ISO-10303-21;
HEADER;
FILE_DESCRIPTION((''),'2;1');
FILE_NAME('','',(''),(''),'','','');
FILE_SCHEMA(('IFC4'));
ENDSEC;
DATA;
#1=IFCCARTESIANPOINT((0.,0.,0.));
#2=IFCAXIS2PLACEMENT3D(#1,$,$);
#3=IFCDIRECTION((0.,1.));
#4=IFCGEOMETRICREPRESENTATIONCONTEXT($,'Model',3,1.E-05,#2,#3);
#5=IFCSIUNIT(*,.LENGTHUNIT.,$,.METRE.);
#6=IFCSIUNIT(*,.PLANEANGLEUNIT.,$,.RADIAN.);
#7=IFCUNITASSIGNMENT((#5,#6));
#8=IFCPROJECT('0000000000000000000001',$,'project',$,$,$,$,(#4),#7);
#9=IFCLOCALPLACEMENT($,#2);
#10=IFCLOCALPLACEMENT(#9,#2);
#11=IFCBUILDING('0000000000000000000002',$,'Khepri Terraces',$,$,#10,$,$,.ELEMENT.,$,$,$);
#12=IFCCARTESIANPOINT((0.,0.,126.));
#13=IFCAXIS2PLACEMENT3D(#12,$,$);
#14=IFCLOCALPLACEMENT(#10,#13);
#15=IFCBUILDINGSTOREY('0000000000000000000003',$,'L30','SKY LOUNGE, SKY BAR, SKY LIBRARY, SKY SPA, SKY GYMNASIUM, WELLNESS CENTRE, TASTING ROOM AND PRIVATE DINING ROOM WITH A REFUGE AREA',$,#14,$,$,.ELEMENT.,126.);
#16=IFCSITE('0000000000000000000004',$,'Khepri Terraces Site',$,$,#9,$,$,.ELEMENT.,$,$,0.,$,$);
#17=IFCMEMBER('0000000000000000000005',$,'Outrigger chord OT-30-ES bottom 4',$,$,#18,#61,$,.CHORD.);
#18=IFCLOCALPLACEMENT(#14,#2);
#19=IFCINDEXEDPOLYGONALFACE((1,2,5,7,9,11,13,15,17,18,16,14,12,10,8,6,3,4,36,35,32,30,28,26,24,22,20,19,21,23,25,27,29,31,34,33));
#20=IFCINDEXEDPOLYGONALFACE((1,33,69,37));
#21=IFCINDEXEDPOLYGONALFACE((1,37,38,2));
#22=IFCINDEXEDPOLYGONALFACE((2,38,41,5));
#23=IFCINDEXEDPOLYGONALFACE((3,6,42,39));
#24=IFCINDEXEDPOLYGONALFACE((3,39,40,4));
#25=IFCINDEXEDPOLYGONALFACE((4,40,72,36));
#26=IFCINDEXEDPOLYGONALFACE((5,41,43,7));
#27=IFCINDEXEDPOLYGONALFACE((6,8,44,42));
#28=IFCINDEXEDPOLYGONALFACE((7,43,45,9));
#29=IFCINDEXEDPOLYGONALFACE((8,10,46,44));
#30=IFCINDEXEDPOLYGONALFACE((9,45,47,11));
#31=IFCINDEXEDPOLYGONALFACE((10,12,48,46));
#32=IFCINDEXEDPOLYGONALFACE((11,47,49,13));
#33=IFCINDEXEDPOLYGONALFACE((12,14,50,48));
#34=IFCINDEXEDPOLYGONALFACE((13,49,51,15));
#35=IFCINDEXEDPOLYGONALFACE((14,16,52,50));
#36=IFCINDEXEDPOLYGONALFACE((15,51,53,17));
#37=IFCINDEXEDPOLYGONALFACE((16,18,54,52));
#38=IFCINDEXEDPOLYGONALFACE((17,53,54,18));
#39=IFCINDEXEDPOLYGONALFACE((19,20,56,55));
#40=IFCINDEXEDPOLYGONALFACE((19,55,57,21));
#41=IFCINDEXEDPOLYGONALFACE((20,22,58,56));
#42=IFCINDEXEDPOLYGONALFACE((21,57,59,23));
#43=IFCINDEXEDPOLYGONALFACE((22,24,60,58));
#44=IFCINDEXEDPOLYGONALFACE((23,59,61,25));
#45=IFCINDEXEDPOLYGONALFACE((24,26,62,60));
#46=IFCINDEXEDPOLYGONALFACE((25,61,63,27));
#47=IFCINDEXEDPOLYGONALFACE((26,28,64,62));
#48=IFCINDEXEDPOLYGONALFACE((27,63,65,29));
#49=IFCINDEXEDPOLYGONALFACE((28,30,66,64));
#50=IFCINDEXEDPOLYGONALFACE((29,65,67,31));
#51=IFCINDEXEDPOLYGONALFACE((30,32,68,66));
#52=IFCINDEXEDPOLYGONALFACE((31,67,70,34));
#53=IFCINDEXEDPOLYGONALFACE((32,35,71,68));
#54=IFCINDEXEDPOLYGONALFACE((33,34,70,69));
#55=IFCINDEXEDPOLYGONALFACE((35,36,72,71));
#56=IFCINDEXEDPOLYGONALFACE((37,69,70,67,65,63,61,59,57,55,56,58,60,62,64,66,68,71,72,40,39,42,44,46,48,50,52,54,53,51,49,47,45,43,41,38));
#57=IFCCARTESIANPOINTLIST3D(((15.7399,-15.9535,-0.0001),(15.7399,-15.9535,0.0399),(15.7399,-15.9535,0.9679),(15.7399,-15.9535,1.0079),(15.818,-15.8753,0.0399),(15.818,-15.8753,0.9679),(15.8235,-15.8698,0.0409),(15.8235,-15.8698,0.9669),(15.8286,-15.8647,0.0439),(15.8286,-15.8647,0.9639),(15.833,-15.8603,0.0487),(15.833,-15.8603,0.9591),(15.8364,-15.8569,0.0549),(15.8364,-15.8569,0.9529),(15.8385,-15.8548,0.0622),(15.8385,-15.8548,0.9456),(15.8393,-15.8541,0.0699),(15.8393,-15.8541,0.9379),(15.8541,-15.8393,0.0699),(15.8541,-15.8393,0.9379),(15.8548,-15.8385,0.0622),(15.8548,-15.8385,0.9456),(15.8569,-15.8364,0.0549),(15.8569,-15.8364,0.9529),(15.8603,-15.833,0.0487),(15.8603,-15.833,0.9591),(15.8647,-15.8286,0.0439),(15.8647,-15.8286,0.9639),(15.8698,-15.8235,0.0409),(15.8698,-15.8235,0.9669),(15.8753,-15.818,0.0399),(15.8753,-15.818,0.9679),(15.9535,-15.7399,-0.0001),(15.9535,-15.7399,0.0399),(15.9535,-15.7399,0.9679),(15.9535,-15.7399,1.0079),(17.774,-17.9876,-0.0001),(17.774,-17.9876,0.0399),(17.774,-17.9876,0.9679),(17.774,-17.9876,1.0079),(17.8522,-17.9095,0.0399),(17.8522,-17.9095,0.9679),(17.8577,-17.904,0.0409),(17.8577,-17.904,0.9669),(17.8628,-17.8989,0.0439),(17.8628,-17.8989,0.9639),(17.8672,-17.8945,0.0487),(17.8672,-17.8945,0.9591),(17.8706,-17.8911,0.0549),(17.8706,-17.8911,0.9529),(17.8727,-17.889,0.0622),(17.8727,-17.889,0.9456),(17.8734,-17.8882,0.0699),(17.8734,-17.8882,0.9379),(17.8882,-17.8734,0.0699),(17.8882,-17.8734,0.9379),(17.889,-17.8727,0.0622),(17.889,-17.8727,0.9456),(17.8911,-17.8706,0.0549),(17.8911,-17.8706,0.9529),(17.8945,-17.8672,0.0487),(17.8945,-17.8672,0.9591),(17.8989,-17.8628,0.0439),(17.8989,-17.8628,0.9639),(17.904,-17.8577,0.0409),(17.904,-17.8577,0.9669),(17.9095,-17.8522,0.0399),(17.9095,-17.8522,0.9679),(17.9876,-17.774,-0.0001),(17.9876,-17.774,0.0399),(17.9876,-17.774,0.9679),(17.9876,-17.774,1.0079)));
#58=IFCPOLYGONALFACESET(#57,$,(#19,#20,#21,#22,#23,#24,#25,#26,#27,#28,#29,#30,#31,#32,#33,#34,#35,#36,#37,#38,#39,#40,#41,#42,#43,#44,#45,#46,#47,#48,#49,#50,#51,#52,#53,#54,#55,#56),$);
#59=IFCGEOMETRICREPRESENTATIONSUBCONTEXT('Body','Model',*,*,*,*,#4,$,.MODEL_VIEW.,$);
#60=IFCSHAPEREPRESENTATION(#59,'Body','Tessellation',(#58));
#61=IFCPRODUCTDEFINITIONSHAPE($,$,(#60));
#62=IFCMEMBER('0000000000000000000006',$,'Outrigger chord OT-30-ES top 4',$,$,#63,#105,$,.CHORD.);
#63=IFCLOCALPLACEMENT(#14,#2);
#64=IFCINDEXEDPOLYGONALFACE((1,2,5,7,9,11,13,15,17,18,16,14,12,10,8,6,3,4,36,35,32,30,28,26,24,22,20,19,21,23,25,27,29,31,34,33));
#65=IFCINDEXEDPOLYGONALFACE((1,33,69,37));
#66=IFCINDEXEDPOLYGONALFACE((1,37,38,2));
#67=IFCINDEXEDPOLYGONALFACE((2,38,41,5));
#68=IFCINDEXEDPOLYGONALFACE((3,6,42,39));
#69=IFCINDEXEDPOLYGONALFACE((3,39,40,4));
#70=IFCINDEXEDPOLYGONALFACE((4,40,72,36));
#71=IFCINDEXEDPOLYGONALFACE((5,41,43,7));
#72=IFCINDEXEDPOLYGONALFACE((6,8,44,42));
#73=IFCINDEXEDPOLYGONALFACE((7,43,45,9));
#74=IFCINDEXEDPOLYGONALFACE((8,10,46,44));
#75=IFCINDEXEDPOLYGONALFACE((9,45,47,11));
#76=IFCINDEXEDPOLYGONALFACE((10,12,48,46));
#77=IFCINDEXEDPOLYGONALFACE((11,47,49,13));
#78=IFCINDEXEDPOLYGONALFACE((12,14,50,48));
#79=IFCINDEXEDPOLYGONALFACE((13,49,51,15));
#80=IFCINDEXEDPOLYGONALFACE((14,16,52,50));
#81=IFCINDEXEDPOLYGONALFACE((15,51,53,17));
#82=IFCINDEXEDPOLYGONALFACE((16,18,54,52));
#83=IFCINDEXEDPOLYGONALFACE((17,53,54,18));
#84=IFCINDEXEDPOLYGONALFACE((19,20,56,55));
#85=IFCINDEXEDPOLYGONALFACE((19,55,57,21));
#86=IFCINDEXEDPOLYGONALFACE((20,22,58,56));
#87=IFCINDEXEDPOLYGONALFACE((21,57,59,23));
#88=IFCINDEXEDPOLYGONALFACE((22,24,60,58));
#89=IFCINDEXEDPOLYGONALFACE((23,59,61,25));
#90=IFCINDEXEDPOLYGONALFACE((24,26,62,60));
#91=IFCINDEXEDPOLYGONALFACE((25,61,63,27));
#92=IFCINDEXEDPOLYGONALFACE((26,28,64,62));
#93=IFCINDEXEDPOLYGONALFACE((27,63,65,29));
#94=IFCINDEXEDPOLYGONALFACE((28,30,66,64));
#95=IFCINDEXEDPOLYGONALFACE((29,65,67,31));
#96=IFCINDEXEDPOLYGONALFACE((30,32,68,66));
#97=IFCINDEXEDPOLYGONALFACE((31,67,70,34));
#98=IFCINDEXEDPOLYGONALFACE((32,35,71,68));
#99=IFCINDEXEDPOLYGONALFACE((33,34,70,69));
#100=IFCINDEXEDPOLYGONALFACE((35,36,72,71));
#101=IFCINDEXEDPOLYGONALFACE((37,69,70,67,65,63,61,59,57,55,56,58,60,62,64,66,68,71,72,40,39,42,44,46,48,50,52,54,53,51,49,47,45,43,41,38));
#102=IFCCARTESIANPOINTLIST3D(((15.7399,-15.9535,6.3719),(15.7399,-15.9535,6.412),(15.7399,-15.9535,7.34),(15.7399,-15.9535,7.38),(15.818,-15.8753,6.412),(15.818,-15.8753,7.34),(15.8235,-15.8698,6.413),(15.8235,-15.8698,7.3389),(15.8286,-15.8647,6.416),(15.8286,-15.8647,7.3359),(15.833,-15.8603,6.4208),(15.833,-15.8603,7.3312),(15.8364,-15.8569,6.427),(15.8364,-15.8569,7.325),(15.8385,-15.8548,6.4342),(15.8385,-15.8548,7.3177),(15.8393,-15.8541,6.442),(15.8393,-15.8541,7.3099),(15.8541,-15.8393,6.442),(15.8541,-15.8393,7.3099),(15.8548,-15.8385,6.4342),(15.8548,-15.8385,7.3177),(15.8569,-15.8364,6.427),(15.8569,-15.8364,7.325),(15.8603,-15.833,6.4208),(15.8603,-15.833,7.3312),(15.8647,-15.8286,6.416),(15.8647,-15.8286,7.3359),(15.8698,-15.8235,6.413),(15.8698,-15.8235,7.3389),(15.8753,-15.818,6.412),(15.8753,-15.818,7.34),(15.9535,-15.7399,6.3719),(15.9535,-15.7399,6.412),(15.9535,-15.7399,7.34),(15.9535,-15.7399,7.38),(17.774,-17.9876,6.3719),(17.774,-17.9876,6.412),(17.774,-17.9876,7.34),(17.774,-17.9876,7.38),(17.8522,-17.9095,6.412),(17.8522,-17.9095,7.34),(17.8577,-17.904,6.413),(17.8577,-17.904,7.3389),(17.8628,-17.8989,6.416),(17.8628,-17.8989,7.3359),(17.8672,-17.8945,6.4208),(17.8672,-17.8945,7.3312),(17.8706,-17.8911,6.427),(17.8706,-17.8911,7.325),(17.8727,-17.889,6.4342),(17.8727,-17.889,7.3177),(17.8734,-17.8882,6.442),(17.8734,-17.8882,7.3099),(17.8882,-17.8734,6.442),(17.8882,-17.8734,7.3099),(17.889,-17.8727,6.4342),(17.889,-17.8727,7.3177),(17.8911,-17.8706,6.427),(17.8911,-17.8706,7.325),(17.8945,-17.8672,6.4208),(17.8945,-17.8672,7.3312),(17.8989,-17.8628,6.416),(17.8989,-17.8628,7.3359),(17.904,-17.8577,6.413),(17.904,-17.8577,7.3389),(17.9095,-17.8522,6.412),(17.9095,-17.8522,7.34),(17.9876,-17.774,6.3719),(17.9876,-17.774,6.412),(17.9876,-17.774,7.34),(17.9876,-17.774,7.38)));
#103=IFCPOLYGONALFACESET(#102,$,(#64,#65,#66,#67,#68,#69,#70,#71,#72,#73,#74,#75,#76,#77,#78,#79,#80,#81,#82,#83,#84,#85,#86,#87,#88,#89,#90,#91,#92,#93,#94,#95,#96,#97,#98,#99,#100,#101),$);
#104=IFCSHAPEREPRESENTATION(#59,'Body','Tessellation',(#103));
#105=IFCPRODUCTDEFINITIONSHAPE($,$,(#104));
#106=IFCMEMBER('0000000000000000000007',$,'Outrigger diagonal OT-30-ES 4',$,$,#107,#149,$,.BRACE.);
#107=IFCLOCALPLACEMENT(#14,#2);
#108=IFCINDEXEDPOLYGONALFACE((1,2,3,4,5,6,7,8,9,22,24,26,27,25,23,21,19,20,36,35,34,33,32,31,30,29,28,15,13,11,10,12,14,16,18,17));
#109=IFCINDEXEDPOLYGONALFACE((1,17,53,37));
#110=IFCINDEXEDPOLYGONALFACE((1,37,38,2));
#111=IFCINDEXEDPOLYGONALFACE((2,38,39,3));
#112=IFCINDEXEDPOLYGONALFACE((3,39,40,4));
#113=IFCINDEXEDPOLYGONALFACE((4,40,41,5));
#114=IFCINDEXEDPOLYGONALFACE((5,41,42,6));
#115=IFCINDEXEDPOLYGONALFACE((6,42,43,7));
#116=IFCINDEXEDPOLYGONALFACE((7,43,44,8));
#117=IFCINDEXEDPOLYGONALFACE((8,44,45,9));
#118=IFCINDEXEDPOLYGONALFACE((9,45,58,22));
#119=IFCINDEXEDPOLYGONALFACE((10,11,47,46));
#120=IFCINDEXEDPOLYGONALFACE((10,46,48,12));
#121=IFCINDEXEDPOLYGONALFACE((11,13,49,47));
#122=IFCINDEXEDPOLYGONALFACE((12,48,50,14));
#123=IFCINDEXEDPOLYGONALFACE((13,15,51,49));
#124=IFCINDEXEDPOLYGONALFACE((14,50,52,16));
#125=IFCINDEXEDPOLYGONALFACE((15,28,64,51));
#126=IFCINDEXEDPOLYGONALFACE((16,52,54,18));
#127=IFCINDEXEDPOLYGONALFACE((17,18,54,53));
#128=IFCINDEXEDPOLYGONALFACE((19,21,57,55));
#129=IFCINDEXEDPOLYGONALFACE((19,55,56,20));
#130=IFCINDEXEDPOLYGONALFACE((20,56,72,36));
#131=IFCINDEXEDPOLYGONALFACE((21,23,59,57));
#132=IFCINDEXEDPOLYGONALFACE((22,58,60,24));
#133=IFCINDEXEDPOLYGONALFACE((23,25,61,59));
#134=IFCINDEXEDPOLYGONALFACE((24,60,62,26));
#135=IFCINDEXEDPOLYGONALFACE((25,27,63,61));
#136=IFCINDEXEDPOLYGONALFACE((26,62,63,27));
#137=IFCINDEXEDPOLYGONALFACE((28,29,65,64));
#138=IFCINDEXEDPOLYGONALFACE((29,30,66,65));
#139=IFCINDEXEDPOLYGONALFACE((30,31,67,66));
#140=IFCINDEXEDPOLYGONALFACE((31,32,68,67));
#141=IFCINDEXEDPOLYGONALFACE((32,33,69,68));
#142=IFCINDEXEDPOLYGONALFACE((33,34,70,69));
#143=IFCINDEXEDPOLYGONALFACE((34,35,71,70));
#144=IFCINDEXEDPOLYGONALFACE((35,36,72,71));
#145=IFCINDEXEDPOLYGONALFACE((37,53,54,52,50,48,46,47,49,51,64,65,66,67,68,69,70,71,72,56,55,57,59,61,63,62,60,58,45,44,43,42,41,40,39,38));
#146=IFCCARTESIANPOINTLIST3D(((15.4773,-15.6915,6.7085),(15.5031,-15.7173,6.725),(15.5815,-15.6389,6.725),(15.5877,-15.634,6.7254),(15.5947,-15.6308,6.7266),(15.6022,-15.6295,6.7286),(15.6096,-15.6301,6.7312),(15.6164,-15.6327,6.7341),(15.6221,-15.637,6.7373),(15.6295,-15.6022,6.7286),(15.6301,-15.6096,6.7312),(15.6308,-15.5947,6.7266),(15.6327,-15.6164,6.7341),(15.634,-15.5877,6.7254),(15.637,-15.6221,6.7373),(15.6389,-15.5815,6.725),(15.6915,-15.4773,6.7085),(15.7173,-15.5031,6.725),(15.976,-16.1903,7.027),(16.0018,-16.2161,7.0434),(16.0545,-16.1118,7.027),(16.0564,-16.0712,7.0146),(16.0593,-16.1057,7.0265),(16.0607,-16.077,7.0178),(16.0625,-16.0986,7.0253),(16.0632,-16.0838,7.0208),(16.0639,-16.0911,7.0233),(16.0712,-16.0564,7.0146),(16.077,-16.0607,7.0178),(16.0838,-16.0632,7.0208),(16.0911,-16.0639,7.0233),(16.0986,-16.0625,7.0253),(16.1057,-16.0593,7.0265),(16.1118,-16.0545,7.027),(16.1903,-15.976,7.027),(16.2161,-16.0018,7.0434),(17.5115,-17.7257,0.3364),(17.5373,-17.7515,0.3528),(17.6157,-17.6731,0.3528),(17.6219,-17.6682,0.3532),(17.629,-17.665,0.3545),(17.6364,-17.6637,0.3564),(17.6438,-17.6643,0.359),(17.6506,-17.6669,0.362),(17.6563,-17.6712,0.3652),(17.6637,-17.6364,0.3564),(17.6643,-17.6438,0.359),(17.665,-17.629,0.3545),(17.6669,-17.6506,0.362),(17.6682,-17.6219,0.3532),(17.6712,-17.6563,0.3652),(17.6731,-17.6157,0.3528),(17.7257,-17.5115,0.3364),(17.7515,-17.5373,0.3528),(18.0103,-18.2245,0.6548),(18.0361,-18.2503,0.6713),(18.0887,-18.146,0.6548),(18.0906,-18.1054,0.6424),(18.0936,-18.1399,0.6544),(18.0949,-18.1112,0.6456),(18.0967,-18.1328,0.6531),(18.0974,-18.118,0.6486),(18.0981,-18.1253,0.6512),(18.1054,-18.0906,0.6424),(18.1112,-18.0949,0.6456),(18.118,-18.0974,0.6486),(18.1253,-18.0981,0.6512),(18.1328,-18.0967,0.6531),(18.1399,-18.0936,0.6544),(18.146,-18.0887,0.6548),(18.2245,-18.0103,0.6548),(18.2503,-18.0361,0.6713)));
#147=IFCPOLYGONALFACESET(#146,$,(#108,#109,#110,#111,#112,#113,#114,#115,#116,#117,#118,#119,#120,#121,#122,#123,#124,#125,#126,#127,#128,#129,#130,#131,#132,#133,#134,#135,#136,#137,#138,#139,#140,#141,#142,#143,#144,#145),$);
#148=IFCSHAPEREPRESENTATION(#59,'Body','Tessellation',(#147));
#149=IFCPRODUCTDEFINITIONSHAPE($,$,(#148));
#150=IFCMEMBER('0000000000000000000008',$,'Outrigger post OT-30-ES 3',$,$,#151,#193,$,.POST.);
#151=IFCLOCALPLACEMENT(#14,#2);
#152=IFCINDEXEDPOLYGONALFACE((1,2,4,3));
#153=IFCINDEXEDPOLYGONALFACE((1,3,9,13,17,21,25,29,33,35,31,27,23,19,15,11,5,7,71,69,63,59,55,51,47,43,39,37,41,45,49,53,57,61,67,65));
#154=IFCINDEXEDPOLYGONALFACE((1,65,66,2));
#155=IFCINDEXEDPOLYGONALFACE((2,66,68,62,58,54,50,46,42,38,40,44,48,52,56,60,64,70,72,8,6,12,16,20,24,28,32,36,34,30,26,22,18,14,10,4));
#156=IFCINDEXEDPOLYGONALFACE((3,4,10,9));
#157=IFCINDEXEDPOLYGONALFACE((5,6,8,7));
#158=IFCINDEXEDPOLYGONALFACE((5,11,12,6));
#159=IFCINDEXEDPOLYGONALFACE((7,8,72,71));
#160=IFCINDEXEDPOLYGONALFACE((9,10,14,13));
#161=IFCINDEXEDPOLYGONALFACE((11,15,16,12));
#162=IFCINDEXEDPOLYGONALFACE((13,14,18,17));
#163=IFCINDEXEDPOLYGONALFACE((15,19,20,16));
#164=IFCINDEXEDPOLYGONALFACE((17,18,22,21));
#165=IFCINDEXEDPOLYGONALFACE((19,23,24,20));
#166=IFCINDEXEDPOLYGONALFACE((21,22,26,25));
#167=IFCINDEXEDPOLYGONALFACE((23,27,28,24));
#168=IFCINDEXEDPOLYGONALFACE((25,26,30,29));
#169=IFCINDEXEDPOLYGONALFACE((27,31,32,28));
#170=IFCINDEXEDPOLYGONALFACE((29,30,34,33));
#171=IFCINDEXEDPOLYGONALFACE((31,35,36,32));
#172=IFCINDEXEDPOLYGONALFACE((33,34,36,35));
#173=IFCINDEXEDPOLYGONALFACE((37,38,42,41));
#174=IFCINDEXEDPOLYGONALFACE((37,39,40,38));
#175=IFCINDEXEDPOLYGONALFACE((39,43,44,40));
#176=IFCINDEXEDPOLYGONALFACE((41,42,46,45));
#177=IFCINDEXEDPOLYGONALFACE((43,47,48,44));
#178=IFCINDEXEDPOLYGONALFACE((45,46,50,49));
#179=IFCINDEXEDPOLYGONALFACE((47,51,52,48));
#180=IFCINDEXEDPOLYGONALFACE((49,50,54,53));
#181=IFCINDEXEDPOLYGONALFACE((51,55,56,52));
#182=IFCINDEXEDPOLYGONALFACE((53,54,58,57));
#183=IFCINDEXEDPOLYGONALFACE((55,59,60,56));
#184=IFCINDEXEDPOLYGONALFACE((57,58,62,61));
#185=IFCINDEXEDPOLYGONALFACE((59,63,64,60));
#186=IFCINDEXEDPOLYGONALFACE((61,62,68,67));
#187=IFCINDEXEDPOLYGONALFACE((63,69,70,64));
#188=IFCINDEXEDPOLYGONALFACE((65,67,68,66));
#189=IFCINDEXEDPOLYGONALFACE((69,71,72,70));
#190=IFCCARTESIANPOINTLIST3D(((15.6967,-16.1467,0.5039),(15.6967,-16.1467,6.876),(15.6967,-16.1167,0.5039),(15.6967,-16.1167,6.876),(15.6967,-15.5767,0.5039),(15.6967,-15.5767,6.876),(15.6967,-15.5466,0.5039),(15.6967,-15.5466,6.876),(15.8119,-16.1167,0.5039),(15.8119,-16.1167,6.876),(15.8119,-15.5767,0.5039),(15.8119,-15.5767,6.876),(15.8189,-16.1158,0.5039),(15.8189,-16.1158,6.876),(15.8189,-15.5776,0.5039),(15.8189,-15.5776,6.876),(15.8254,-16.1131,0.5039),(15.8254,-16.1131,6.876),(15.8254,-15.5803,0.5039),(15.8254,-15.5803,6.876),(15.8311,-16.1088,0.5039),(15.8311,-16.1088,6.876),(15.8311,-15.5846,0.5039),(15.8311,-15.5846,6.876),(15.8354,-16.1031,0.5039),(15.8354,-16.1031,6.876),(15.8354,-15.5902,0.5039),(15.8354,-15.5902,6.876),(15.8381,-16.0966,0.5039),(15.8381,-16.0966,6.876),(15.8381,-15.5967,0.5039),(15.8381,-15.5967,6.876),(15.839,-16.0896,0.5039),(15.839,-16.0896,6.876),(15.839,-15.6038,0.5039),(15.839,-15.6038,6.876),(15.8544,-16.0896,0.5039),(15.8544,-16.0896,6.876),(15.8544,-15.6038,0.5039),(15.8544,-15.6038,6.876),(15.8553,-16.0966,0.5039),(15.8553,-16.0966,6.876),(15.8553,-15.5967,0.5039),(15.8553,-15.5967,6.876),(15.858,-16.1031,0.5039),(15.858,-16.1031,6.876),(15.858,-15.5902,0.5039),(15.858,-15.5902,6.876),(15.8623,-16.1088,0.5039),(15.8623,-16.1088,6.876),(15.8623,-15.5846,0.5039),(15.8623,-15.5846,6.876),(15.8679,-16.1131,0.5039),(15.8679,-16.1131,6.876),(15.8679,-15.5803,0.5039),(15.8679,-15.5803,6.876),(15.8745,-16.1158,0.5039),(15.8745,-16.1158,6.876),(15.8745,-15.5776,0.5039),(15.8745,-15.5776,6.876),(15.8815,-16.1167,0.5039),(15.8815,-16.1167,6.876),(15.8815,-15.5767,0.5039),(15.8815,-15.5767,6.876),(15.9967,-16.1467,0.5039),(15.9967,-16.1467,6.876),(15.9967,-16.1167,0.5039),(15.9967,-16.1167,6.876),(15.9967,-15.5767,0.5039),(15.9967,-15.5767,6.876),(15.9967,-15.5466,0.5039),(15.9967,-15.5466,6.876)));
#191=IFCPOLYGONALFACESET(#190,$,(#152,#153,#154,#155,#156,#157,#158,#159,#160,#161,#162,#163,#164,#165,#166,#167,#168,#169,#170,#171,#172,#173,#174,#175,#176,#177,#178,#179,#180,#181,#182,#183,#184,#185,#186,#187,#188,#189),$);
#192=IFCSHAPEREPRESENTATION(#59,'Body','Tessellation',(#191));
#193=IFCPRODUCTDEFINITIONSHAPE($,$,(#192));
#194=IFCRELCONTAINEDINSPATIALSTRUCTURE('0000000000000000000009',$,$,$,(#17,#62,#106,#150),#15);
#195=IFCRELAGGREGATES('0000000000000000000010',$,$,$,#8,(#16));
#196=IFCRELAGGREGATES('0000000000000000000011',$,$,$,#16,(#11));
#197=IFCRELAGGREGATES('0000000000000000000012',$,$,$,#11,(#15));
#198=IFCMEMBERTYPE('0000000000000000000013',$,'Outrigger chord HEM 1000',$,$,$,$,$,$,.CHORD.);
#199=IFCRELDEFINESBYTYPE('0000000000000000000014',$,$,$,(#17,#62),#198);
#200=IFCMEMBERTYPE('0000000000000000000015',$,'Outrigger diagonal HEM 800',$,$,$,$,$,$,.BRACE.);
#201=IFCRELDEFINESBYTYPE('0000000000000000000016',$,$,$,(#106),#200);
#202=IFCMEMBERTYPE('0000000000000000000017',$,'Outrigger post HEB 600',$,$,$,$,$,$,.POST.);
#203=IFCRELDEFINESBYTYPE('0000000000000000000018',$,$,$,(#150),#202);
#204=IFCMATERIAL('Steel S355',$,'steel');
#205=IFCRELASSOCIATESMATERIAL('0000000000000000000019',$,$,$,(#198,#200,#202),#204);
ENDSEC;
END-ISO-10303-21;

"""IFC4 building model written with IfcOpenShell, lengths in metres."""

from ifc_helpers import new_model, si_unit, direction, frame, origin, origin_2d, place, context, subcontext, project, spatial, i_section, extrude, material, material_profile, profile_set, type_object, element, save


model = new_model("IFC4")

# Units and contexts
model_context = context("Model", 3, precision=1e-05, world=origin(), true_north=direction((0.0, 1.0)))
body_context = subcontext(model_context, "Body", "Model", "MODEL_VIEW")
ifc_project = project(units=[si_unit("LENGTHUNIT", "METRE"), si_unit("PLANEANGLEUNIT", "RADIAN")], contexts=[model_context])

# Site, building, storey
site_placement = place(None, origin())
site = spatial("IfcSite", under=ifc_project, at=site_placement, Name="Khepri Terraces Site", CompositionType="ELEMENT", RefElevation=0.0)
building_placement = place(site_placement, origin())
building = spatial("IfcBuilding", under=site, at=building_placement, Name="Khepri Terraces", CompositionType="ELEMENT")
storey_placement = place(building_placement, frame((0.0, 0.0, 126.0)))
storey = spatial("IfcBuildingStorey", under=building, at=storey_placement, Name="L30", Description="SKY LOUNGE, SKY BAR, SKY LIBRARY, SKY SPA, SKY GYMNASIUM, WELLNESS CENTRE, TASTING ROOM AND PRIVATE DINING ROOM WITH A REFUGE AREA", CompositionType="ELEMENT", Elevation=126.0)

# Shared definitions
ifc_material_1 = material(Name="Steel S355", Category="steel")

# Members
ifc_material_profile_1 = material_profile(ifc_material_1, i_section(OverallWidth=0.302, OverallDepth=1.0081, WebThickness=0.021, FlangeThickness=0.04, FilletRadius=0.03, at=origin_2d()), Name="Steel S355", Category="steel")
ifc_profile_set_1 = profile_set([ifc_material_profile_1], Name="Steel S355")
member_type_1 = type_object("IfcMemberType", Name="Outrigger chord HEM 1000", PredefinedType="CHORD", material=ifc_profile_set_1)
for number, where, z_axis, x_axis, name in (
    (1, (15.8467, -15.8467, 0.5039), (0.707107, -0.707107, 0.0), (0.707107, 0.707107, 0.0), "Outrigger chord OT-30-ES bottom 4"),
    (2, (15.8467, -15.8467, 6.876), (0.707107, -0.707107, 0.0), (0.707107, 0.707107, 0.0), "Outrigger chord OT-30-ES top 4"),
):
    element("IfcMember", number, at=place(storey_placement, frame(where, z_axis=z_axis, x_axis=x_axis)), inside=storey, type_object=member_type_1, Name=name, PredefinedType="CHORD", context=body_context, shape_type="SweptSolid", body=[
        extrude(i_section(OverallWidth=0.302, OverallDepth=1.0081, WebThickness=0.021, FlangeThickness=0.04, FilletRadius=0.03, at=origin_2d()), origin(), (0.0, 0.0, 1.0), 2.8767),
    ])
ifc_material_profile_2 = material_profile(ifc_material_1, i_section(OverallWidth=0.303, OverallDepth=0.814, WebThickness=0.021, FlangeThickness=0.04, FilletRadius=0.03, at=origin_2d()), Name="Steel S355", Category="steel")
ifc_profile_set_2 = profile_set([ifc_material_profile_2], Name="Steel S355")
member_type_2 = type_object("IfcMemberType", Name="Outrigger diagonal HEM 800", PredefinedType="BRACE", material=ifc_profile_set_2)
member_1_placement = place(storey_placement, frame((15.8467, -15.8467, 6.876), z_axis=(0.290956, -0.290956, -0.911421), x_axis=(0.707107, 0.707107, 0.0)))
element("IfcMember", 3, at=member_1_placement, inside=storey, type_object=member_type_2, Name="Outrigger diagonal OT-30-ES 4", PredefinedType="BRACE", context=body_context, shape_type="SweptSolid", body=[
    extrude(i_section(OverallWidth=0.303, OverallDepth=0.814, WebThickness=0.021, FlangeThickness=0.04, FilletRadius=0.03, at=origin_2d()), origin(), (0.0, 0.0, 1.0), 6.9915),
])
ifc_material_profile_3 = material_profile(ifc_material_1, i_section(OverallWidth=0.3, OverallDepth=0.6001, WebThickness=0.0154, FlangeThickness=0.03, FilletRadius=0.0271, at=origin_2d()), Name="Steel S355", Category="steel")
ifc_profile_set_3 = profile_set([ifc_material_profile_3], Name="Steel S355")
member_type_3 = type_object("IfcMemberType", Name="Outrigger post HEB 600", PredefinedType="POST", material=ifc_profile_set_3)
member_2_placement = place(storey_placement, frame((15.8467, -15.8467, 0.5039), z_axis=(0.0, 0.0, 1.0), x_axis=(1.0, 0.0, 0.0)))
element("IfcMember", 4, at=member_2_placement, inside=storey, type_object=member_type_3, Name="Outrigger post OT-30-ES 3", PredefinedType="POST", context=body_context, shape_type="SweptSolid", body=[
    extrude(i_section(OverallWidth=0.3, OverallDepth=0.6001, WebThickness=0.0154, FlangeThickness=0.03, FilletRadius=0.0271, at=origin_2d()), origin(), (0.0, 0.0, 1.0), 6.3721),
])

save(model, "model.ifc")
